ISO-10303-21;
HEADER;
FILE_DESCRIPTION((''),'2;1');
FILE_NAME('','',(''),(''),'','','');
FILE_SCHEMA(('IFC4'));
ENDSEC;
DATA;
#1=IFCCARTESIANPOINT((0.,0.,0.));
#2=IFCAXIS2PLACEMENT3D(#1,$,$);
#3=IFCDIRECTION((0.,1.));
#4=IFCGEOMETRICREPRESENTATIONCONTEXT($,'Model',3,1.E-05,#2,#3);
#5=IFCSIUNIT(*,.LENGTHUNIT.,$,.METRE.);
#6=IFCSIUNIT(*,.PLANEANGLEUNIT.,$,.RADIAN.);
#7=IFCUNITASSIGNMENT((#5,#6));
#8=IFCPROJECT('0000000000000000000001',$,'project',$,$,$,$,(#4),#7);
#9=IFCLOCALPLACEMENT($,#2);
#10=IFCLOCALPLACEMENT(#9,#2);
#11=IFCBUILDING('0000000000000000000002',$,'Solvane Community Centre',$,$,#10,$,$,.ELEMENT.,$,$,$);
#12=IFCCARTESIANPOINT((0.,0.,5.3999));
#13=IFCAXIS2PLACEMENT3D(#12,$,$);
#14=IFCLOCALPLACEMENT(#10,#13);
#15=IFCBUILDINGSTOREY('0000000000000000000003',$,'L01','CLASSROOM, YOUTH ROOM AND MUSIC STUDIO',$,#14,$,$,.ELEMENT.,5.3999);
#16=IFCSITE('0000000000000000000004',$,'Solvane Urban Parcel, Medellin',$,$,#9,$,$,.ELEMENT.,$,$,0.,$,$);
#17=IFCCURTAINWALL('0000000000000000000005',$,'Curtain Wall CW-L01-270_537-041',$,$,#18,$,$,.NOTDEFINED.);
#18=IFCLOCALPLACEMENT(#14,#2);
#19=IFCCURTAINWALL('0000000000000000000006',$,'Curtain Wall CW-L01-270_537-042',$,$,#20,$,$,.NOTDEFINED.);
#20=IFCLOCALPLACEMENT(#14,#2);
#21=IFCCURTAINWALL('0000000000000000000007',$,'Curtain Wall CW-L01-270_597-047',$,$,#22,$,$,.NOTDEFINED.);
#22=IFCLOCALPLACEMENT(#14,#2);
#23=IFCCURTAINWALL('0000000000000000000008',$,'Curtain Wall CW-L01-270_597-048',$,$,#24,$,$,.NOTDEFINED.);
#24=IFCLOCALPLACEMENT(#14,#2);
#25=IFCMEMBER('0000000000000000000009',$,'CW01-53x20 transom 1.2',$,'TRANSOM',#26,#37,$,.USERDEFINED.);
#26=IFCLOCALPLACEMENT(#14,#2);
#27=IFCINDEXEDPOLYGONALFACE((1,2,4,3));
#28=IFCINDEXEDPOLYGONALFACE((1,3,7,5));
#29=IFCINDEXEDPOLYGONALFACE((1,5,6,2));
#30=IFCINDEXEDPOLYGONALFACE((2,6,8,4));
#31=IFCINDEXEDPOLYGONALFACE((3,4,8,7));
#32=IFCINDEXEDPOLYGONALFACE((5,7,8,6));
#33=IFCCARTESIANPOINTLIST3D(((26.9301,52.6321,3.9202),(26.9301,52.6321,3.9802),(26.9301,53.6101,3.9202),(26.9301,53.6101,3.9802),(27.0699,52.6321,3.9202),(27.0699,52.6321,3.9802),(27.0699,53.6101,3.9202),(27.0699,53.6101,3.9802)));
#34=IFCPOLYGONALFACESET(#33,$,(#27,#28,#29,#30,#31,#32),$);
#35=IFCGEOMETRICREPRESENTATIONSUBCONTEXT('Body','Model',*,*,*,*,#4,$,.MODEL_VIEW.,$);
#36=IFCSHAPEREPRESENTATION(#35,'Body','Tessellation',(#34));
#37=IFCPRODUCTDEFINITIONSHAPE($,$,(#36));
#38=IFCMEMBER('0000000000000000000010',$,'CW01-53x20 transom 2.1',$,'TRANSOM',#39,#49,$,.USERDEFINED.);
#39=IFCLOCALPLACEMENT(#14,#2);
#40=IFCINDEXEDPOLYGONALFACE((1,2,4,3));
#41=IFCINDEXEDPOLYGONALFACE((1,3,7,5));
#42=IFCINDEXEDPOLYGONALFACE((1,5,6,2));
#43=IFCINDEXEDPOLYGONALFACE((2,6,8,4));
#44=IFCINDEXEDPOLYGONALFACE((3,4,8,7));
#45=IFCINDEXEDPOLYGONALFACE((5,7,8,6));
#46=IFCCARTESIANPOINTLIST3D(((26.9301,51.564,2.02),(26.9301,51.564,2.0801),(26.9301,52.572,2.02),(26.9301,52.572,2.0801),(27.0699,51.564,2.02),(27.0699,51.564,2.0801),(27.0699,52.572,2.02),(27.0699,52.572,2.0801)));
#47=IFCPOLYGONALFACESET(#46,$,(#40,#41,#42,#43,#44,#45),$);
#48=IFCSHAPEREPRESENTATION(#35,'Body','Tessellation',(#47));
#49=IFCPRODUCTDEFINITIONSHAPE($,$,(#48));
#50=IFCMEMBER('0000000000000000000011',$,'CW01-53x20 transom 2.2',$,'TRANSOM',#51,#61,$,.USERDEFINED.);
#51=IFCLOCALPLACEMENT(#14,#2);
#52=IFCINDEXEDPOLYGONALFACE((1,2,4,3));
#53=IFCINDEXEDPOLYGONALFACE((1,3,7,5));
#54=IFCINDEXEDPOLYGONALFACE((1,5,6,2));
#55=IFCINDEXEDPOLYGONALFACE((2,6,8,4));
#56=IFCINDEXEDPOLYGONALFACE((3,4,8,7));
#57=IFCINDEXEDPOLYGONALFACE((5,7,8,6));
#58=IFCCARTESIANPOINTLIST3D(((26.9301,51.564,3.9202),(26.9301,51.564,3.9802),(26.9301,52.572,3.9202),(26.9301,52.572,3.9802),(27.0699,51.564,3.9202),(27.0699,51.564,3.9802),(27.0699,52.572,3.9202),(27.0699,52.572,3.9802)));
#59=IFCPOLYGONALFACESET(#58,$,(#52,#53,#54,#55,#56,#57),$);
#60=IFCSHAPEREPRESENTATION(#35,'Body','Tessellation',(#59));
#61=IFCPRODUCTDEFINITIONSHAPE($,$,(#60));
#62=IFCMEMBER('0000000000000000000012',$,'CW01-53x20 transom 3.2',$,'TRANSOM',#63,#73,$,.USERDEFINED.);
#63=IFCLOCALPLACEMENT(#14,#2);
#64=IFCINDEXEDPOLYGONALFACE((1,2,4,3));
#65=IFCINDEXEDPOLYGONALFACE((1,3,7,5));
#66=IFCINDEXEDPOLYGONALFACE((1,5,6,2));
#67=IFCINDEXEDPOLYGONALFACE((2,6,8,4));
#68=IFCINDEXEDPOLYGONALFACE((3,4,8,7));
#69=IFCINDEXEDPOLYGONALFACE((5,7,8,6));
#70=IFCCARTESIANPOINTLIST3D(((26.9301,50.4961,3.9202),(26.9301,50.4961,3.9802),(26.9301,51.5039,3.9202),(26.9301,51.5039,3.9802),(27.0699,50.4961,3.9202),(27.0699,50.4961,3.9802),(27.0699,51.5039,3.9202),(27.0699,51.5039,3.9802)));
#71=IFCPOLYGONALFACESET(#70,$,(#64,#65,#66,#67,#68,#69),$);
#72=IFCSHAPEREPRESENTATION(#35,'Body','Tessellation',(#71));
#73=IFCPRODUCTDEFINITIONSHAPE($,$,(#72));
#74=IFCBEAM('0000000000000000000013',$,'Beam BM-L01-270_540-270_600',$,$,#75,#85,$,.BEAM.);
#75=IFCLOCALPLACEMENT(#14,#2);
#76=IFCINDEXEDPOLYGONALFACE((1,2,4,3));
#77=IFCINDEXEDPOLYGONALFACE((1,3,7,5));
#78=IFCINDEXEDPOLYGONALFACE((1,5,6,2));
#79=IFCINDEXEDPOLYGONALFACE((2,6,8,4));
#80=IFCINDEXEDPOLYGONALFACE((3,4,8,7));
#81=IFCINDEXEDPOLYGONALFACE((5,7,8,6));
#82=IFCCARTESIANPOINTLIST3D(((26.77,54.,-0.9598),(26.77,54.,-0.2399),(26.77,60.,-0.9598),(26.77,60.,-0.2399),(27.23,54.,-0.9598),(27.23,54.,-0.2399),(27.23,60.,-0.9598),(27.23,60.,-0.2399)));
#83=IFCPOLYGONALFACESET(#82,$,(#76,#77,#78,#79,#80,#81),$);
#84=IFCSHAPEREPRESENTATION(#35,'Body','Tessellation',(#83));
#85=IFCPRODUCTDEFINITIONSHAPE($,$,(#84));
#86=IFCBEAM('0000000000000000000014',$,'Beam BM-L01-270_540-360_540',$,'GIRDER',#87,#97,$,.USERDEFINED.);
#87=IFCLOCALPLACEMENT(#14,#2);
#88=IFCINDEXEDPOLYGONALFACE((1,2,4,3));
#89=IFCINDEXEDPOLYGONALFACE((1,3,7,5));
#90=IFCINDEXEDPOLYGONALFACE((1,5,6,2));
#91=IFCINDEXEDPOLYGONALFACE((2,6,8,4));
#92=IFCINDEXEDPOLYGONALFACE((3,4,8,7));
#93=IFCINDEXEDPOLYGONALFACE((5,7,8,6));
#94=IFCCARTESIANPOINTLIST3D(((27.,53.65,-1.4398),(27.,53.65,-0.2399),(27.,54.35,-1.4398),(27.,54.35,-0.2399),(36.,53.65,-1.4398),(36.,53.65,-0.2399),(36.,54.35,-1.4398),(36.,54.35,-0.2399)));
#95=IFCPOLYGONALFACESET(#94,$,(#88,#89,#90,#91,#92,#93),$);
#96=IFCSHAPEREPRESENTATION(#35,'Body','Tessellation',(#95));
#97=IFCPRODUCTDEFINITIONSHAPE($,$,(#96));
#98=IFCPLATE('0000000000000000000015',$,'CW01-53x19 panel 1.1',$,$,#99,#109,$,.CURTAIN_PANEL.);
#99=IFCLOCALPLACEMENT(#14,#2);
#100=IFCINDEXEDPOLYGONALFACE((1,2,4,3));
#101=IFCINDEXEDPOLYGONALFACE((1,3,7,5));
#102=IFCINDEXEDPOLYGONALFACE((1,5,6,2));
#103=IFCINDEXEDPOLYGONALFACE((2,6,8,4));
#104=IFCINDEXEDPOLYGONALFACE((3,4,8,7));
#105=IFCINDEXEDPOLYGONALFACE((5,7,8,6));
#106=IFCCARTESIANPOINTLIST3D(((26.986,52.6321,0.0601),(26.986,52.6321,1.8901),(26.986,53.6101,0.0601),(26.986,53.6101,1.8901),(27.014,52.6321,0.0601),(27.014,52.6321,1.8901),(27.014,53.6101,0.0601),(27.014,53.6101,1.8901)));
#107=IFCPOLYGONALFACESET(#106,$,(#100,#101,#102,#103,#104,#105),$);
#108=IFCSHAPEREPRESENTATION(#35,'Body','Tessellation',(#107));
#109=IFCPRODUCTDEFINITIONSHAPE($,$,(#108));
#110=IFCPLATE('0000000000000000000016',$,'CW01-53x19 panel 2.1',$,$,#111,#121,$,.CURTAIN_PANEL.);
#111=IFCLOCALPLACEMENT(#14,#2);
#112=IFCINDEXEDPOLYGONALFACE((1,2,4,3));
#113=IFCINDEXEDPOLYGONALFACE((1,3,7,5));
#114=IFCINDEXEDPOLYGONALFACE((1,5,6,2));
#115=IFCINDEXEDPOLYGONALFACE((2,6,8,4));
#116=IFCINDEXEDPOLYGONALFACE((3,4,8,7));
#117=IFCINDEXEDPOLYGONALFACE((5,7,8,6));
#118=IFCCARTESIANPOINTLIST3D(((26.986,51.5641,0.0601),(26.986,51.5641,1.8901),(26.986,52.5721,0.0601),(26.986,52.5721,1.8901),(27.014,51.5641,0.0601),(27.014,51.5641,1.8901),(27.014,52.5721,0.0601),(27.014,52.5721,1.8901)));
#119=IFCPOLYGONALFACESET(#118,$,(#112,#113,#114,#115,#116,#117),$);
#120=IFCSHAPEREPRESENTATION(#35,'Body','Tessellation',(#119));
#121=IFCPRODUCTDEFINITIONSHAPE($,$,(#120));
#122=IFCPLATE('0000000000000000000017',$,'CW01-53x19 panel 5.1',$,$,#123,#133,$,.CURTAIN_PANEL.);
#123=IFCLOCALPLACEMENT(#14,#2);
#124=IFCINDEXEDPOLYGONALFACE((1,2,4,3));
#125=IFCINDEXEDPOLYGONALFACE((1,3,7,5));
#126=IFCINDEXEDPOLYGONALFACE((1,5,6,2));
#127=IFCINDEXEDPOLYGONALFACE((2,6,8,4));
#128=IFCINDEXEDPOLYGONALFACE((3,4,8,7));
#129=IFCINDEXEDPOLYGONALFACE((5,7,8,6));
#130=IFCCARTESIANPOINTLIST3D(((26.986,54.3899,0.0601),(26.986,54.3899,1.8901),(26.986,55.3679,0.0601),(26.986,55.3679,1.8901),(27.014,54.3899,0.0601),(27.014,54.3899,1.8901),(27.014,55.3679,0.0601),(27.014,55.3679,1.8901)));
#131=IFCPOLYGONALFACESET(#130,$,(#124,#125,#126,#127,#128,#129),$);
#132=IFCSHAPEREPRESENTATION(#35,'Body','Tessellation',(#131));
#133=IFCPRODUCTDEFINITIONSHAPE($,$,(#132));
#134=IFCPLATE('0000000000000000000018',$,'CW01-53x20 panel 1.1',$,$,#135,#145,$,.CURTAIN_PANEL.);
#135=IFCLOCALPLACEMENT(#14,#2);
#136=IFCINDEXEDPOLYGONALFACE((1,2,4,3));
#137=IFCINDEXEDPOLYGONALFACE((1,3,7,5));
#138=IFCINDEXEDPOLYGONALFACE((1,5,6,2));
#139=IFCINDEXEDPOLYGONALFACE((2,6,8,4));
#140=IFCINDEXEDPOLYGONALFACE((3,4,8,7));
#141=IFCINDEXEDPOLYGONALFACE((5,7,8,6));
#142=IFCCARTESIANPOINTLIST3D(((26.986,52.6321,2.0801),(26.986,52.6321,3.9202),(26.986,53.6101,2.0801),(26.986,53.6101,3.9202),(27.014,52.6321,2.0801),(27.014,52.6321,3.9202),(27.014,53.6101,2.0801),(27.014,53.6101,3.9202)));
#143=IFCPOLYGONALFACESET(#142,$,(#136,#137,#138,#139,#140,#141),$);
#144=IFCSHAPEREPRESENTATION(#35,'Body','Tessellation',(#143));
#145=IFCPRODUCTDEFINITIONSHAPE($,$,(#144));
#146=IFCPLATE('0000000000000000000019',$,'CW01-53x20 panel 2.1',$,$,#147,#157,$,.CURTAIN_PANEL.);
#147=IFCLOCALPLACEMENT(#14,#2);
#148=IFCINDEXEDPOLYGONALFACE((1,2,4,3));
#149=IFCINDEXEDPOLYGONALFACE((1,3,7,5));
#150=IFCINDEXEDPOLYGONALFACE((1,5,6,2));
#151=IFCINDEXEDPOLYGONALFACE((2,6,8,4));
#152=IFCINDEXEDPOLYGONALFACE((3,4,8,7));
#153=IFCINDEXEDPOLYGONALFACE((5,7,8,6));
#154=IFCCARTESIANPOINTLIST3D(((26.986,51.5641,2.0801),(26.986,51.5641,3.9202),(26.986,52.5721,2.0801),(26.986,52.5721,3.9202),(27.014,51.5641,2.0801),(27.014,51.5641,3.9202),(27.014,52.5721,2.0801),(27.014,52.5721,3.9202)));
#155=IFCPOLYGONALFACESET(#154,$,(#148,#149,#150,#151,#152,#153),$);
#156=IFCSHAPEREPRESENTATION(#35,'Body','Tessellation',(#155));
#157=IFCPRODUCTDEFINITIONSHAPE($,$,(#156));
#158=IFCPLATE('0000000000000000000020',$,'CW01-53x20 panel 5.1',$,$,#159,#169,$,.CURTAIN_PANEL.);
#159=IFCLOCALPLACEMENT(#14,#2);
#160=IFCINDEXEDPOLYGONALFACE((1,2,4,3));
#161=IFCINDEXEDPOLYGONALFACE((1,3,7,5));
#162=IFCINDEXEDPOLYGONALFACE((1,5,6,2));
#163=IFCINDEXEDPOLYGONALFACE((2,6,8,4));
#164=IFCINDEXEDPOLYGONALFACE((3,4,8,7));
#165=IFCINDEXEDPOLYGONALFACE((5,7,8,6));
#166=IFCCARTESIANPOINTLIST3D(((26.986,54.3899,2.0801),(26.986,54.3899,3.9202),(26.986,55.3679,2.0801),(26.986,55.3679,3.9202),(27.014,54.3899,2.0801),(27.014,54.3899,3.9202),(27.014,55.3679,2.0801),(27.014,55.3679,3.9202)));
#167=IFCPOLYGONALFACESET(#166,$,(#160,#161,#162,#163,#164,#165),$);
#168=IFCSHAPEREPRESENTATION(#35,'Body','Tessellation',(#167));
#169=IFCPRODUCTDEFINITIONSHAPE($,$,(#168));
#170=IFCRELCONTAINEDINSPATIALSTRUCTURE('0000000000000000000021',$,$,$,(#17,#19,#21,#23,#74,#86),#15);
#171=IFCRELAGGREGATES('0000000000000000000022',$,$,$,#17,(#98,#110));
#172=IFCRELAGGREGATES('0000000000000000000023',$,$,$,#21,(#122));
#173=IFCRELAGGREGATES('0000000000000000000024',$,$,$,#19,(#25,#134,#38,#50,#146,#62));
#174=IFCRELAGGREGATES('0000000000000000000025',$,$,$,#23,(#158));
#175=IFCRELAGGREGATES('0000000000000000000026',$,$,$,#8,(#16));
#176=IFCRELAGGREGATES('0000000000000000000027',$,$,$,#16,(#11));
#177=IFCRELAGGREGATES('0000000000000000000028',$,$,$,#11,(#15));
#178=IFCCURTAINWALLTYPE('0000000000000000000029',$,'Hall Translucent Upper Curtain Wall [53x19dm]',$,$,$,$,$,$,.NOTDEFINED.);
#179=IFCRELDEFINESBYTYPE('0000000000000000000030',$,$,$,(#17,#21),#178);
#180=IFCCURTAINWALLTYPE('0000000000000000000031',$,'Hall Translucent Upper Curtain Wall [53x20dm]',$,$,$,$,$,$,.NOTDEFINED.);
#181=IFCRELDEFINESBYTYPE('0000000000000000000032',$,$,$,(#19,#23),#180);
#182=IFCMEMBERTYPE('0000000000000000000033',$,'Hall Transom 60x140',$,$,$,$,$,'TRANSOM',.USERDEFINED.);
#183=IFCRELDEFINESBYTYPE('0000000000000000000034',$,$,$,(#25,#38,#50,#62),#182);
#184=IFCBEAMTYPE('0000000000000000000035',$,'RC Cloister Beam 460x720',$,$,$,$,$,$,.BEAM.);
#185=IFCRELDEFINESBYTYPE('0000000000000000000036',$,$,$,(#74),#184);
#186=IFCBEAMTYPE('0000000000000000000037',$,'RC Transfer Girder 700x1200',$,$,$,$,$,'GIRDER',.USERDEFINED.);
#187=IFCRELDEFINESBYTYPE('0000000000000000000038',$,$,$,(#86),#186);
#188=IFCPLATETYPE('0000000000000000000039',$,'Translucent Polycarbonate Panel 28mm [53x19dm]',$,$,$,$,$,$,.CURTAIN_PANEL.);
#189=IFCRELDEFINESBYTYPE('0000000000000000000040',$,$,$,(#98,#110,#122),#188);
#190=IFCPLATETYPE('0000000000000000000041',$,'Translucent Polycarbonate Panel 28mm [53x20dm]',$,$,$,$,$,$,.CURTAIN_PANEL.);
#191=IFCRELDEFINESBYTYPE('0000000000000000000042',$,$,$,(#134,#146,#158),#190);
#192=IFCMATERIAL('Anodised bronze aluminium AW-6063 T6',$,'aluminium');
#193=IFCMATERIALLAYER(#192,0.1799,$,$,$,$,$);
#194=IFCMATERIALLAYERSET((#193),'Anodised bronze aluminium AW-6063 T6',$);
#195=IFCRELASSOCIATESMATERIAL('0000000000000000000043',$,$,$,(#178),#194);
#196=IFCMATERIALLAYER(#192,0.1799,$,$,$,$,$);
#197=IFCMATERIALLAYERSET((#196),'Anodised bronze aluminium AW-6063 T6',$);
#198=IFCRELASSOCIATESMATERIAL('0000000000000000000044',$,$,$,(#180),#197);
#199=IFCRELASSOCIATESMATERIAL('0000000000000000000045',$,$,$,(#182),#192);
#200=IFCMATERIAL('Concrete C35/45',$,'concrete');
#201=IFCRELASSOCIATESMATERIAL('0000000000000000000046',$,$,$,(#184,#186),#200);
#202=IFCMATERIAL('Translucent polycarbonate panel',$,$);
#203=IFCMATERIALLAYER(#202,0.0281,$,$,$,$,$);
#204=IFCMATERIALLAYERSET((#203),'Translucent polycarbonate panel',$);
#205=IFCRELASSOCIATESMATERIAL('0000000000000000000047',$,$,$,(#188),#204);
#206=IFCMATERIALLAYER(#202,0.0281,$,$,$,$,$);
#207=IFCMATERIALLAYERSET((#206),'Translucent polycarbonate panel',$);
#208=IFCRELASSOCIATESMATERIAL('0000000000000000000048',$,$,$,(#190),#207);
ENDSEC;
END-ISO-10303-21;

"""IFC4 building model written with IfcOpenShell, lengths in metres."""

from ifc_helpers import new_model, si_unit, direction, frame, origin, origin_2d, place, context, subcontext, project, spatial, rectangle, extrude, material, layer, layer_set, material_profile, profile_set, type_object, element, aggregate, save


model = new_model("IFC4")

# Units and contexts
model_context = context("Model", 3, precision=1e-05, world=origin(), true_north=direction((0.0, 1.0)))
body_context = subcontext(model_context, "Body", "Model", "MODEL_VIEW")
ifc_project = project(units=[si_unit("LENGTHUNIT", "METRE"), si_unit("PLANEANGLEUNIT", "RADIAN")], contexts=[model_context])

# Site, building, storey
site_placement = place(None, origin())
site = spatial("IfcSite", under=ifc_project, at=site_placement, Name="Solvane Urban Parcel, Medellin", CompositionType="ELEMENT", RefElevation=0.0)
building_placement = place(site_placement, origin())
building = spatial("IfcBuilding", under=site, at=building_placement, Name="Solvane Community Centre", CompositionType="ELEMENT")
storey_placement = place(building_placement, frame((0.0, 0.0, 5.3999)))
storey = spatial("IfcBuildingStorey", under=building, at=storey_placement, Name="L01", Description="CLASSROOM, YOUTH ROOM AND MUSIC STUDIO", CompositionType="ELEMENT", Elevation=5.3999)

# Shared definitions
ifc_material_1 = material(Name="Concrete C35/45", Category="concrete")

# Curtain walls
ifc_material_2 = material(Name="Anodised bronze aluminium AW-6063 T6", Category="aluminium")
ifc_layer_1 = layer(ifc_material_2, 0.1799)
ifc_layer_set_1 = layer_set([ifc_layer_1], Name="Anodised bronze aluminium AW-6063 T6")
curtain_wall_type_1 = type_object("IfcCurtainWallType", Name="Hall Translucent Upper Curtain Wall [53x19dm]", PredefinedType="NOTDEFINED", material=ifc_layer_set_1)
curtain_wall_1_placement = place(storey_placement, origin())
curtain_wall_1 = element("IfcCurtainWall", 1, at=curtain_wall_1_placement, inside=storey, type_object=curtain_wall_type_1, Name="Curtain Wall CW-L01-270_537-041", PredefinedType="NOTDEFINED")
ifc_layer_2 = layer(ifc_material_2, 0.1799)
ifc_layer_set_2 = layer_set([ifc_layer_2], Name="Anodised bronze aluminium AW-6063 T6")
curtain_wall_type_2 = type_object("IfcCurtainWallType", Name="Hall Translucent Upper Curtain Wall [53x20dm]", PredefinedType="NOTDEFINED", material=ifc_layer_set_2)
curtain_wall_2_placement = place(storey_placement, origin())
curtain_wall_2 = element("IfcCurtainWall", 2, at=curtain_wall_2_placement, inside=storey, type_object=curtain_wall_type_2, Name="Curtain Wall CW-L01-270_537-042", PredefinedType="NOTDEFINED")

# Curtain walls
curtain_wall_3_placement = place(storey_placement, origin())
curtain_wall_3 = element("IfcCurtainWall", 3, at=curtain_wall_3_placement, inside=storey, type_object=curtain_wall_type_1, Name="Curtain Wall CW-L01-270_597-047", PredefinedType="NOTDEFINED")
curtain_wall_4_placement = place(storey_placement, origin())
curtain_wall_4 = element("IfcCurtainWall", 4, at=curtain_wall_4_placement, inside=storey, type_object=curtain_wall_type_2, Name="Curtain Wall CW-L01-270_597-048", PredefinedType="NOTDEFINED")

# Members
ifc_material_profile_1 = material_profile(ifc_material_2, rectangle(XDim=0.1399, YDim=0.0601, at=origin_2d()), Name="CW-T 60x140")
ifc_profile_set_1 = profile_set([ifc_material_profile_1], Name="Anodised bronze aluminium AW-6063 T6")
member_type_1 = type_object("IfcMemberType", Name="Hall Transom 60x140", ElementType="TRANSOM", PredefinedType="USERDEFINED", material=ifc_profile_set_1)
member_1_placement = place(storey_placement, frame((27.0, 53.6101, 3.9502), z_axis=(0.0, -1.0, 0.0), x_axis=(1.0, 0.0, 0.0)))
member_1 = element("IfcMember", 5, at=member_1_placement, type_object=member_type_1, Name="CW01-53x20 transom 1.2", ObjectType="TRANSOM", PredefinedType="USERDEFINED", context=body_context, shape_type="SweptSolid", body=[
    extrude(rectangle(XDim=0.1399, YDim=0.0601, at=origin_2d()), origin(), (0.0, 0.0, 1.0), 0.978),
])
member_2_placement = place(storey_placement, frame((27.0, 52.572, 2.05), z_axis=(0.0, -1.0, 0.0), x_axis=(1.0, 0.0, 0.0)))
member_2 = element("IfcMember", 6, at=member_2_placement, type_object=member_type_1, Name="CW01-53x20 transom 2.1", ObjectType="TRANSOM", PredefinedType="USERDEFINED", context=body_context, shape_type="SweptSolid", body=[
    extrude(rectangle(XDim=0.1399, YDim=0.0601, at=origin_2d()), origin(), (0.0, 0.0, 1.0), 1.0081),
])
member_3_placement = place(storey_placement, frame((27.0, 52.572, 3.9502), z_axis=(0.0, -1.0, 0.0), x_axis=(1.0, 0.0, 0.0)))
member_3 = element("IfcMember", 7, at=member_3_placement, type_object=member_type_1, Name="CW01-53x20 transom 2.2", ObjectType="TRANSOM", PredefinedType="USERDEFINED", context=body_context, shape_type="SweptSolid", body=[
    extrude(rectangle(XDim=0.1399, YDim=0.0601, at=origin_2d()), origin(), (0.0, 0.0, 1.0), 1.0081),
])
member_4_placement = place(storey_placement, frame((27.0, 51.5039, 3.9502), z_axis=(0.0, -1.0, 0.0), x_axis=(1.0, 0.0, 0.0)))
member_4 = element("IfcMember", 8, at=member_4_placement, type_object=member_type_1, Name="CW01-53x20 transom 3.2", ObjectType="TRANSOM", PredefinedType="USERDEFINED", context=body_context, shape_type="SweptSolid", body=[
    extrude(rectangle(XDim=0.1399, YDim=0.0601, at=origin_2d()), origin(), (0.0, 0.0, 1.0), 1.0078),
])

# Beams
ifc_material_profile_2 = material_profile(ifc_material_1, rectangle(XDim=0.46, YDim=0.72, at=origin_2d()), Name="RC 460x720")
ifc_profile_set_2 = profile_set([ifc_material_profile_2], Name="Concrete C35/45")
beam_type_1 = type_object("IfcBeamType", Name="RC Cloister Beam 460x720", PredefinedType="BEAM", material=ifc_profile_set_2)
beam_1_placement = place(storey_placement, frame((27.0, 54.0, -0.5999), z_axis=(0.0, 1.0, 0.0), x_axis=(-1.0, 0.0, 0.0)))
element("IfcBeam", 9, at=beam_1_placement, inside=storey, type_object=beam_type_1, Name="Beam BM-L01-270_540-270_600", PredefinedType="BEAM", context=body_context, shape_type="SweptSolid", body=[
    extrude(rectangle(XDim=0.46, YDim=0.72, at=origin_2d()), origin(), (0.0, 0.0, 1.0), 6.0),
])
ifc_material_profile_3 = material_profile(ifc_material_1, rectangle(XDim=0.7, YDim=1.2, at=origin_2d()), Name="RC 700x1200")
ifc_profile_set_3 = profile_set([ifc_material_profile_3], Name="Concrete C35/45")
beam_type_2 = type_object("IfcBeamType", Name="RC Transfer Girder 700x1200", ElementType="GIRDER", PredefinedType="USERDEFINED", material=ifc_profile_set_3)
beam_2_placement = place(storey_placement, frame((27.0, 54.0, -0.8398), z_axis=(1.0, 0.0, 0.0), x_axis=(0.0, 1.0, 0.0)))
element("IfcBeam", 10, at=beam_2_placement, inside=storey, type_object=beam_type_2, Name="Beam BM-L01-270_540-360_540", ObjectType="GIRDER", PredefinedType="USERDEFINED", context=body_context, shape_type="SweptSolid", body=[
    extrude(rectangle(XDim=0.7, YDim=1.2, at=origin_2d()), origin(), (0.0, 0.0, 1.0), 9.0),
])

# Plates
ifc_material_3 = material(Name="Translucent polycarbonate panel")
ifc_layer_3 = layer(ifc_material_3, 0.0281)
ifc_layer_set_3 = layer_set([ifc_layer_3], Name="Translucent polycarbonate panel")
plate_type_1 = type_object("IfcPlateType", Name="Translucent Polycarbonate Panel 28mm [53x19dm]", PredefinedType="CURTAIN_PANEL", material=ifc_layer_set_3)
plate_1_placement = place(storey_placement, frame((27.0, 53.1211, 0.0601), z_axis=(0.0, 0.0, 1.0), x_axis=(0.0, -1.0, 0.0)))
plate_1 = element("IfcPlate", 11, at=plate_1_placement, type_object=plate_type_1, Name="CW01-53x19 panel 1.1", PredefinedType="CURTAIN_PANEL", context=body_context, shape_type="SweptSolid", body=[
    extrude(rectangle(XDim=0.978, YDim=0.0281, at=origin_2d()), origin(), (0.0, 0.0, 1.0), 1.8301),
])
plate_2_placement = place(storey_placement, frame((27.0, 52.0681, 0.0601), z_axis=(0.0, 0.0, 1.0), x_axis=(0.0, -1.0, 0.0)))
plate_2 = element("IfcPlate", 12, at=plate_2_placement, type_object=plate_type_1, Name="CW01-53x19 panel 2.1", PredefinedType="CURTAIN_PANEL", context=body_context, shape_type="SweptSolid", body=[
    extrude(rectangle(XDim=1.0081, YDim=0.0281, at=origin_2d()), origin(), (0.0, 0.0, 1.0), 1.8301),
])
aggregate(curtain_wall_1, [plate_1, plate_2])
plate_3_placement = place(storey_placement, frame((27.0, 54.8789, 0.0601), z_axis=(0.0, 0.0, 1.0), x_axis=(0.0, -1.0, 0.0)))
plate_3 = element("IfcPlate", 13, at=plate_3_placement, type_object=plate_type_1, Name="CW01-53x19 panel 5.1", PredefinedType="CURTAIN_PANEL", context=body_context, shape_type="SweptSolid", body=[
    extrude(rectangle(XDim=0.978, YDim=0.0281, at=origin_2d()), origin(), (0.0, 0.0, 1.0), 1.8301),
])
aggregate(curtain_wall_3, [plate_3])
ifc_layer_4 = layer(ifc_material_3, 0.0281)
ifc_layer_set_4 = layer_set([ifc_layer_4], Name="Translucent polycarbonate panel")
plate_type_2 = type_object("IfcPlateType", Name="Translucent Polycarbonate Panel 28mm [53x20dm]", PredefinedType="CURTAIN_PANEL", material=ifc_layer_set_4)
plate_4_placement = place(storey_placement, frame((27.0, 53.1211, 2.0801), z_axis=(0.0, 0.0, 1.0), x_axis=(0.0, -1.0, 0.0)))
plate_4 = element("IfcPlate", 14, at=plate_4_placement, type_object=plate_type_2, Name="CW01-53x20 panel 1.1", PredefinedType="CURTAIN_PANEL", context=body_context, shape_type="SweptSolid", body=[
    extrude(rectangle(XDim=0.978, YDim=0.0281, at=origin_2d()), origin(), (0.0, 0.0, 1.0), 1.8401),
])
plate_5_placement = place(storey_placement, frame((27.0, 52.0681, 2.0801), z_axis=(0.0, 0.0, 1.0), x_axis=(0.0, -1.0, 0.0)))
plate_5 = element("IfcPlate", 15, at=plate_5_placement, type_object=plate_type_2, Name="CW01-53x20 panel 2.1", PredefinedType="CURTAIN_PANEL", context=body_context, shape_type="SweptSolid", body=[
    extrude(rectangle(XDim=1.0081, YDim=0.0281, at=origin_2d()), origin(), (0.0, 0.0, 1.0), 1.8401),
])
aggregate(curtain_wall_2, [member_1, plate_4, member_2, member_3, plate_5, member_4])
plate_6_placement = place(storey_placement, frame((27.0, 54.8789, 2.0801), z_axis=(0.0, 0.0, 1.0), x_axis=(0.0, -1.0, 0.0)))
plate_6 = element("IfcPlate", 16, at=plate_6_placement, type_object=plate_type_2, Name="CW01-53x20 panel 5.1", PredefinedType="CURTAIN_PANEL", context=body_context, shape_type="SweptSolid", body=[
    extrude(rectangle(XDim=0.978, YDim=0.0281, at=origin_2d()), origin(), (0.0, 0.0, 1.0), 1.8401),
])
aggregate(curtain_wall_4, [plate_6])

save(model, "model.ifc")
